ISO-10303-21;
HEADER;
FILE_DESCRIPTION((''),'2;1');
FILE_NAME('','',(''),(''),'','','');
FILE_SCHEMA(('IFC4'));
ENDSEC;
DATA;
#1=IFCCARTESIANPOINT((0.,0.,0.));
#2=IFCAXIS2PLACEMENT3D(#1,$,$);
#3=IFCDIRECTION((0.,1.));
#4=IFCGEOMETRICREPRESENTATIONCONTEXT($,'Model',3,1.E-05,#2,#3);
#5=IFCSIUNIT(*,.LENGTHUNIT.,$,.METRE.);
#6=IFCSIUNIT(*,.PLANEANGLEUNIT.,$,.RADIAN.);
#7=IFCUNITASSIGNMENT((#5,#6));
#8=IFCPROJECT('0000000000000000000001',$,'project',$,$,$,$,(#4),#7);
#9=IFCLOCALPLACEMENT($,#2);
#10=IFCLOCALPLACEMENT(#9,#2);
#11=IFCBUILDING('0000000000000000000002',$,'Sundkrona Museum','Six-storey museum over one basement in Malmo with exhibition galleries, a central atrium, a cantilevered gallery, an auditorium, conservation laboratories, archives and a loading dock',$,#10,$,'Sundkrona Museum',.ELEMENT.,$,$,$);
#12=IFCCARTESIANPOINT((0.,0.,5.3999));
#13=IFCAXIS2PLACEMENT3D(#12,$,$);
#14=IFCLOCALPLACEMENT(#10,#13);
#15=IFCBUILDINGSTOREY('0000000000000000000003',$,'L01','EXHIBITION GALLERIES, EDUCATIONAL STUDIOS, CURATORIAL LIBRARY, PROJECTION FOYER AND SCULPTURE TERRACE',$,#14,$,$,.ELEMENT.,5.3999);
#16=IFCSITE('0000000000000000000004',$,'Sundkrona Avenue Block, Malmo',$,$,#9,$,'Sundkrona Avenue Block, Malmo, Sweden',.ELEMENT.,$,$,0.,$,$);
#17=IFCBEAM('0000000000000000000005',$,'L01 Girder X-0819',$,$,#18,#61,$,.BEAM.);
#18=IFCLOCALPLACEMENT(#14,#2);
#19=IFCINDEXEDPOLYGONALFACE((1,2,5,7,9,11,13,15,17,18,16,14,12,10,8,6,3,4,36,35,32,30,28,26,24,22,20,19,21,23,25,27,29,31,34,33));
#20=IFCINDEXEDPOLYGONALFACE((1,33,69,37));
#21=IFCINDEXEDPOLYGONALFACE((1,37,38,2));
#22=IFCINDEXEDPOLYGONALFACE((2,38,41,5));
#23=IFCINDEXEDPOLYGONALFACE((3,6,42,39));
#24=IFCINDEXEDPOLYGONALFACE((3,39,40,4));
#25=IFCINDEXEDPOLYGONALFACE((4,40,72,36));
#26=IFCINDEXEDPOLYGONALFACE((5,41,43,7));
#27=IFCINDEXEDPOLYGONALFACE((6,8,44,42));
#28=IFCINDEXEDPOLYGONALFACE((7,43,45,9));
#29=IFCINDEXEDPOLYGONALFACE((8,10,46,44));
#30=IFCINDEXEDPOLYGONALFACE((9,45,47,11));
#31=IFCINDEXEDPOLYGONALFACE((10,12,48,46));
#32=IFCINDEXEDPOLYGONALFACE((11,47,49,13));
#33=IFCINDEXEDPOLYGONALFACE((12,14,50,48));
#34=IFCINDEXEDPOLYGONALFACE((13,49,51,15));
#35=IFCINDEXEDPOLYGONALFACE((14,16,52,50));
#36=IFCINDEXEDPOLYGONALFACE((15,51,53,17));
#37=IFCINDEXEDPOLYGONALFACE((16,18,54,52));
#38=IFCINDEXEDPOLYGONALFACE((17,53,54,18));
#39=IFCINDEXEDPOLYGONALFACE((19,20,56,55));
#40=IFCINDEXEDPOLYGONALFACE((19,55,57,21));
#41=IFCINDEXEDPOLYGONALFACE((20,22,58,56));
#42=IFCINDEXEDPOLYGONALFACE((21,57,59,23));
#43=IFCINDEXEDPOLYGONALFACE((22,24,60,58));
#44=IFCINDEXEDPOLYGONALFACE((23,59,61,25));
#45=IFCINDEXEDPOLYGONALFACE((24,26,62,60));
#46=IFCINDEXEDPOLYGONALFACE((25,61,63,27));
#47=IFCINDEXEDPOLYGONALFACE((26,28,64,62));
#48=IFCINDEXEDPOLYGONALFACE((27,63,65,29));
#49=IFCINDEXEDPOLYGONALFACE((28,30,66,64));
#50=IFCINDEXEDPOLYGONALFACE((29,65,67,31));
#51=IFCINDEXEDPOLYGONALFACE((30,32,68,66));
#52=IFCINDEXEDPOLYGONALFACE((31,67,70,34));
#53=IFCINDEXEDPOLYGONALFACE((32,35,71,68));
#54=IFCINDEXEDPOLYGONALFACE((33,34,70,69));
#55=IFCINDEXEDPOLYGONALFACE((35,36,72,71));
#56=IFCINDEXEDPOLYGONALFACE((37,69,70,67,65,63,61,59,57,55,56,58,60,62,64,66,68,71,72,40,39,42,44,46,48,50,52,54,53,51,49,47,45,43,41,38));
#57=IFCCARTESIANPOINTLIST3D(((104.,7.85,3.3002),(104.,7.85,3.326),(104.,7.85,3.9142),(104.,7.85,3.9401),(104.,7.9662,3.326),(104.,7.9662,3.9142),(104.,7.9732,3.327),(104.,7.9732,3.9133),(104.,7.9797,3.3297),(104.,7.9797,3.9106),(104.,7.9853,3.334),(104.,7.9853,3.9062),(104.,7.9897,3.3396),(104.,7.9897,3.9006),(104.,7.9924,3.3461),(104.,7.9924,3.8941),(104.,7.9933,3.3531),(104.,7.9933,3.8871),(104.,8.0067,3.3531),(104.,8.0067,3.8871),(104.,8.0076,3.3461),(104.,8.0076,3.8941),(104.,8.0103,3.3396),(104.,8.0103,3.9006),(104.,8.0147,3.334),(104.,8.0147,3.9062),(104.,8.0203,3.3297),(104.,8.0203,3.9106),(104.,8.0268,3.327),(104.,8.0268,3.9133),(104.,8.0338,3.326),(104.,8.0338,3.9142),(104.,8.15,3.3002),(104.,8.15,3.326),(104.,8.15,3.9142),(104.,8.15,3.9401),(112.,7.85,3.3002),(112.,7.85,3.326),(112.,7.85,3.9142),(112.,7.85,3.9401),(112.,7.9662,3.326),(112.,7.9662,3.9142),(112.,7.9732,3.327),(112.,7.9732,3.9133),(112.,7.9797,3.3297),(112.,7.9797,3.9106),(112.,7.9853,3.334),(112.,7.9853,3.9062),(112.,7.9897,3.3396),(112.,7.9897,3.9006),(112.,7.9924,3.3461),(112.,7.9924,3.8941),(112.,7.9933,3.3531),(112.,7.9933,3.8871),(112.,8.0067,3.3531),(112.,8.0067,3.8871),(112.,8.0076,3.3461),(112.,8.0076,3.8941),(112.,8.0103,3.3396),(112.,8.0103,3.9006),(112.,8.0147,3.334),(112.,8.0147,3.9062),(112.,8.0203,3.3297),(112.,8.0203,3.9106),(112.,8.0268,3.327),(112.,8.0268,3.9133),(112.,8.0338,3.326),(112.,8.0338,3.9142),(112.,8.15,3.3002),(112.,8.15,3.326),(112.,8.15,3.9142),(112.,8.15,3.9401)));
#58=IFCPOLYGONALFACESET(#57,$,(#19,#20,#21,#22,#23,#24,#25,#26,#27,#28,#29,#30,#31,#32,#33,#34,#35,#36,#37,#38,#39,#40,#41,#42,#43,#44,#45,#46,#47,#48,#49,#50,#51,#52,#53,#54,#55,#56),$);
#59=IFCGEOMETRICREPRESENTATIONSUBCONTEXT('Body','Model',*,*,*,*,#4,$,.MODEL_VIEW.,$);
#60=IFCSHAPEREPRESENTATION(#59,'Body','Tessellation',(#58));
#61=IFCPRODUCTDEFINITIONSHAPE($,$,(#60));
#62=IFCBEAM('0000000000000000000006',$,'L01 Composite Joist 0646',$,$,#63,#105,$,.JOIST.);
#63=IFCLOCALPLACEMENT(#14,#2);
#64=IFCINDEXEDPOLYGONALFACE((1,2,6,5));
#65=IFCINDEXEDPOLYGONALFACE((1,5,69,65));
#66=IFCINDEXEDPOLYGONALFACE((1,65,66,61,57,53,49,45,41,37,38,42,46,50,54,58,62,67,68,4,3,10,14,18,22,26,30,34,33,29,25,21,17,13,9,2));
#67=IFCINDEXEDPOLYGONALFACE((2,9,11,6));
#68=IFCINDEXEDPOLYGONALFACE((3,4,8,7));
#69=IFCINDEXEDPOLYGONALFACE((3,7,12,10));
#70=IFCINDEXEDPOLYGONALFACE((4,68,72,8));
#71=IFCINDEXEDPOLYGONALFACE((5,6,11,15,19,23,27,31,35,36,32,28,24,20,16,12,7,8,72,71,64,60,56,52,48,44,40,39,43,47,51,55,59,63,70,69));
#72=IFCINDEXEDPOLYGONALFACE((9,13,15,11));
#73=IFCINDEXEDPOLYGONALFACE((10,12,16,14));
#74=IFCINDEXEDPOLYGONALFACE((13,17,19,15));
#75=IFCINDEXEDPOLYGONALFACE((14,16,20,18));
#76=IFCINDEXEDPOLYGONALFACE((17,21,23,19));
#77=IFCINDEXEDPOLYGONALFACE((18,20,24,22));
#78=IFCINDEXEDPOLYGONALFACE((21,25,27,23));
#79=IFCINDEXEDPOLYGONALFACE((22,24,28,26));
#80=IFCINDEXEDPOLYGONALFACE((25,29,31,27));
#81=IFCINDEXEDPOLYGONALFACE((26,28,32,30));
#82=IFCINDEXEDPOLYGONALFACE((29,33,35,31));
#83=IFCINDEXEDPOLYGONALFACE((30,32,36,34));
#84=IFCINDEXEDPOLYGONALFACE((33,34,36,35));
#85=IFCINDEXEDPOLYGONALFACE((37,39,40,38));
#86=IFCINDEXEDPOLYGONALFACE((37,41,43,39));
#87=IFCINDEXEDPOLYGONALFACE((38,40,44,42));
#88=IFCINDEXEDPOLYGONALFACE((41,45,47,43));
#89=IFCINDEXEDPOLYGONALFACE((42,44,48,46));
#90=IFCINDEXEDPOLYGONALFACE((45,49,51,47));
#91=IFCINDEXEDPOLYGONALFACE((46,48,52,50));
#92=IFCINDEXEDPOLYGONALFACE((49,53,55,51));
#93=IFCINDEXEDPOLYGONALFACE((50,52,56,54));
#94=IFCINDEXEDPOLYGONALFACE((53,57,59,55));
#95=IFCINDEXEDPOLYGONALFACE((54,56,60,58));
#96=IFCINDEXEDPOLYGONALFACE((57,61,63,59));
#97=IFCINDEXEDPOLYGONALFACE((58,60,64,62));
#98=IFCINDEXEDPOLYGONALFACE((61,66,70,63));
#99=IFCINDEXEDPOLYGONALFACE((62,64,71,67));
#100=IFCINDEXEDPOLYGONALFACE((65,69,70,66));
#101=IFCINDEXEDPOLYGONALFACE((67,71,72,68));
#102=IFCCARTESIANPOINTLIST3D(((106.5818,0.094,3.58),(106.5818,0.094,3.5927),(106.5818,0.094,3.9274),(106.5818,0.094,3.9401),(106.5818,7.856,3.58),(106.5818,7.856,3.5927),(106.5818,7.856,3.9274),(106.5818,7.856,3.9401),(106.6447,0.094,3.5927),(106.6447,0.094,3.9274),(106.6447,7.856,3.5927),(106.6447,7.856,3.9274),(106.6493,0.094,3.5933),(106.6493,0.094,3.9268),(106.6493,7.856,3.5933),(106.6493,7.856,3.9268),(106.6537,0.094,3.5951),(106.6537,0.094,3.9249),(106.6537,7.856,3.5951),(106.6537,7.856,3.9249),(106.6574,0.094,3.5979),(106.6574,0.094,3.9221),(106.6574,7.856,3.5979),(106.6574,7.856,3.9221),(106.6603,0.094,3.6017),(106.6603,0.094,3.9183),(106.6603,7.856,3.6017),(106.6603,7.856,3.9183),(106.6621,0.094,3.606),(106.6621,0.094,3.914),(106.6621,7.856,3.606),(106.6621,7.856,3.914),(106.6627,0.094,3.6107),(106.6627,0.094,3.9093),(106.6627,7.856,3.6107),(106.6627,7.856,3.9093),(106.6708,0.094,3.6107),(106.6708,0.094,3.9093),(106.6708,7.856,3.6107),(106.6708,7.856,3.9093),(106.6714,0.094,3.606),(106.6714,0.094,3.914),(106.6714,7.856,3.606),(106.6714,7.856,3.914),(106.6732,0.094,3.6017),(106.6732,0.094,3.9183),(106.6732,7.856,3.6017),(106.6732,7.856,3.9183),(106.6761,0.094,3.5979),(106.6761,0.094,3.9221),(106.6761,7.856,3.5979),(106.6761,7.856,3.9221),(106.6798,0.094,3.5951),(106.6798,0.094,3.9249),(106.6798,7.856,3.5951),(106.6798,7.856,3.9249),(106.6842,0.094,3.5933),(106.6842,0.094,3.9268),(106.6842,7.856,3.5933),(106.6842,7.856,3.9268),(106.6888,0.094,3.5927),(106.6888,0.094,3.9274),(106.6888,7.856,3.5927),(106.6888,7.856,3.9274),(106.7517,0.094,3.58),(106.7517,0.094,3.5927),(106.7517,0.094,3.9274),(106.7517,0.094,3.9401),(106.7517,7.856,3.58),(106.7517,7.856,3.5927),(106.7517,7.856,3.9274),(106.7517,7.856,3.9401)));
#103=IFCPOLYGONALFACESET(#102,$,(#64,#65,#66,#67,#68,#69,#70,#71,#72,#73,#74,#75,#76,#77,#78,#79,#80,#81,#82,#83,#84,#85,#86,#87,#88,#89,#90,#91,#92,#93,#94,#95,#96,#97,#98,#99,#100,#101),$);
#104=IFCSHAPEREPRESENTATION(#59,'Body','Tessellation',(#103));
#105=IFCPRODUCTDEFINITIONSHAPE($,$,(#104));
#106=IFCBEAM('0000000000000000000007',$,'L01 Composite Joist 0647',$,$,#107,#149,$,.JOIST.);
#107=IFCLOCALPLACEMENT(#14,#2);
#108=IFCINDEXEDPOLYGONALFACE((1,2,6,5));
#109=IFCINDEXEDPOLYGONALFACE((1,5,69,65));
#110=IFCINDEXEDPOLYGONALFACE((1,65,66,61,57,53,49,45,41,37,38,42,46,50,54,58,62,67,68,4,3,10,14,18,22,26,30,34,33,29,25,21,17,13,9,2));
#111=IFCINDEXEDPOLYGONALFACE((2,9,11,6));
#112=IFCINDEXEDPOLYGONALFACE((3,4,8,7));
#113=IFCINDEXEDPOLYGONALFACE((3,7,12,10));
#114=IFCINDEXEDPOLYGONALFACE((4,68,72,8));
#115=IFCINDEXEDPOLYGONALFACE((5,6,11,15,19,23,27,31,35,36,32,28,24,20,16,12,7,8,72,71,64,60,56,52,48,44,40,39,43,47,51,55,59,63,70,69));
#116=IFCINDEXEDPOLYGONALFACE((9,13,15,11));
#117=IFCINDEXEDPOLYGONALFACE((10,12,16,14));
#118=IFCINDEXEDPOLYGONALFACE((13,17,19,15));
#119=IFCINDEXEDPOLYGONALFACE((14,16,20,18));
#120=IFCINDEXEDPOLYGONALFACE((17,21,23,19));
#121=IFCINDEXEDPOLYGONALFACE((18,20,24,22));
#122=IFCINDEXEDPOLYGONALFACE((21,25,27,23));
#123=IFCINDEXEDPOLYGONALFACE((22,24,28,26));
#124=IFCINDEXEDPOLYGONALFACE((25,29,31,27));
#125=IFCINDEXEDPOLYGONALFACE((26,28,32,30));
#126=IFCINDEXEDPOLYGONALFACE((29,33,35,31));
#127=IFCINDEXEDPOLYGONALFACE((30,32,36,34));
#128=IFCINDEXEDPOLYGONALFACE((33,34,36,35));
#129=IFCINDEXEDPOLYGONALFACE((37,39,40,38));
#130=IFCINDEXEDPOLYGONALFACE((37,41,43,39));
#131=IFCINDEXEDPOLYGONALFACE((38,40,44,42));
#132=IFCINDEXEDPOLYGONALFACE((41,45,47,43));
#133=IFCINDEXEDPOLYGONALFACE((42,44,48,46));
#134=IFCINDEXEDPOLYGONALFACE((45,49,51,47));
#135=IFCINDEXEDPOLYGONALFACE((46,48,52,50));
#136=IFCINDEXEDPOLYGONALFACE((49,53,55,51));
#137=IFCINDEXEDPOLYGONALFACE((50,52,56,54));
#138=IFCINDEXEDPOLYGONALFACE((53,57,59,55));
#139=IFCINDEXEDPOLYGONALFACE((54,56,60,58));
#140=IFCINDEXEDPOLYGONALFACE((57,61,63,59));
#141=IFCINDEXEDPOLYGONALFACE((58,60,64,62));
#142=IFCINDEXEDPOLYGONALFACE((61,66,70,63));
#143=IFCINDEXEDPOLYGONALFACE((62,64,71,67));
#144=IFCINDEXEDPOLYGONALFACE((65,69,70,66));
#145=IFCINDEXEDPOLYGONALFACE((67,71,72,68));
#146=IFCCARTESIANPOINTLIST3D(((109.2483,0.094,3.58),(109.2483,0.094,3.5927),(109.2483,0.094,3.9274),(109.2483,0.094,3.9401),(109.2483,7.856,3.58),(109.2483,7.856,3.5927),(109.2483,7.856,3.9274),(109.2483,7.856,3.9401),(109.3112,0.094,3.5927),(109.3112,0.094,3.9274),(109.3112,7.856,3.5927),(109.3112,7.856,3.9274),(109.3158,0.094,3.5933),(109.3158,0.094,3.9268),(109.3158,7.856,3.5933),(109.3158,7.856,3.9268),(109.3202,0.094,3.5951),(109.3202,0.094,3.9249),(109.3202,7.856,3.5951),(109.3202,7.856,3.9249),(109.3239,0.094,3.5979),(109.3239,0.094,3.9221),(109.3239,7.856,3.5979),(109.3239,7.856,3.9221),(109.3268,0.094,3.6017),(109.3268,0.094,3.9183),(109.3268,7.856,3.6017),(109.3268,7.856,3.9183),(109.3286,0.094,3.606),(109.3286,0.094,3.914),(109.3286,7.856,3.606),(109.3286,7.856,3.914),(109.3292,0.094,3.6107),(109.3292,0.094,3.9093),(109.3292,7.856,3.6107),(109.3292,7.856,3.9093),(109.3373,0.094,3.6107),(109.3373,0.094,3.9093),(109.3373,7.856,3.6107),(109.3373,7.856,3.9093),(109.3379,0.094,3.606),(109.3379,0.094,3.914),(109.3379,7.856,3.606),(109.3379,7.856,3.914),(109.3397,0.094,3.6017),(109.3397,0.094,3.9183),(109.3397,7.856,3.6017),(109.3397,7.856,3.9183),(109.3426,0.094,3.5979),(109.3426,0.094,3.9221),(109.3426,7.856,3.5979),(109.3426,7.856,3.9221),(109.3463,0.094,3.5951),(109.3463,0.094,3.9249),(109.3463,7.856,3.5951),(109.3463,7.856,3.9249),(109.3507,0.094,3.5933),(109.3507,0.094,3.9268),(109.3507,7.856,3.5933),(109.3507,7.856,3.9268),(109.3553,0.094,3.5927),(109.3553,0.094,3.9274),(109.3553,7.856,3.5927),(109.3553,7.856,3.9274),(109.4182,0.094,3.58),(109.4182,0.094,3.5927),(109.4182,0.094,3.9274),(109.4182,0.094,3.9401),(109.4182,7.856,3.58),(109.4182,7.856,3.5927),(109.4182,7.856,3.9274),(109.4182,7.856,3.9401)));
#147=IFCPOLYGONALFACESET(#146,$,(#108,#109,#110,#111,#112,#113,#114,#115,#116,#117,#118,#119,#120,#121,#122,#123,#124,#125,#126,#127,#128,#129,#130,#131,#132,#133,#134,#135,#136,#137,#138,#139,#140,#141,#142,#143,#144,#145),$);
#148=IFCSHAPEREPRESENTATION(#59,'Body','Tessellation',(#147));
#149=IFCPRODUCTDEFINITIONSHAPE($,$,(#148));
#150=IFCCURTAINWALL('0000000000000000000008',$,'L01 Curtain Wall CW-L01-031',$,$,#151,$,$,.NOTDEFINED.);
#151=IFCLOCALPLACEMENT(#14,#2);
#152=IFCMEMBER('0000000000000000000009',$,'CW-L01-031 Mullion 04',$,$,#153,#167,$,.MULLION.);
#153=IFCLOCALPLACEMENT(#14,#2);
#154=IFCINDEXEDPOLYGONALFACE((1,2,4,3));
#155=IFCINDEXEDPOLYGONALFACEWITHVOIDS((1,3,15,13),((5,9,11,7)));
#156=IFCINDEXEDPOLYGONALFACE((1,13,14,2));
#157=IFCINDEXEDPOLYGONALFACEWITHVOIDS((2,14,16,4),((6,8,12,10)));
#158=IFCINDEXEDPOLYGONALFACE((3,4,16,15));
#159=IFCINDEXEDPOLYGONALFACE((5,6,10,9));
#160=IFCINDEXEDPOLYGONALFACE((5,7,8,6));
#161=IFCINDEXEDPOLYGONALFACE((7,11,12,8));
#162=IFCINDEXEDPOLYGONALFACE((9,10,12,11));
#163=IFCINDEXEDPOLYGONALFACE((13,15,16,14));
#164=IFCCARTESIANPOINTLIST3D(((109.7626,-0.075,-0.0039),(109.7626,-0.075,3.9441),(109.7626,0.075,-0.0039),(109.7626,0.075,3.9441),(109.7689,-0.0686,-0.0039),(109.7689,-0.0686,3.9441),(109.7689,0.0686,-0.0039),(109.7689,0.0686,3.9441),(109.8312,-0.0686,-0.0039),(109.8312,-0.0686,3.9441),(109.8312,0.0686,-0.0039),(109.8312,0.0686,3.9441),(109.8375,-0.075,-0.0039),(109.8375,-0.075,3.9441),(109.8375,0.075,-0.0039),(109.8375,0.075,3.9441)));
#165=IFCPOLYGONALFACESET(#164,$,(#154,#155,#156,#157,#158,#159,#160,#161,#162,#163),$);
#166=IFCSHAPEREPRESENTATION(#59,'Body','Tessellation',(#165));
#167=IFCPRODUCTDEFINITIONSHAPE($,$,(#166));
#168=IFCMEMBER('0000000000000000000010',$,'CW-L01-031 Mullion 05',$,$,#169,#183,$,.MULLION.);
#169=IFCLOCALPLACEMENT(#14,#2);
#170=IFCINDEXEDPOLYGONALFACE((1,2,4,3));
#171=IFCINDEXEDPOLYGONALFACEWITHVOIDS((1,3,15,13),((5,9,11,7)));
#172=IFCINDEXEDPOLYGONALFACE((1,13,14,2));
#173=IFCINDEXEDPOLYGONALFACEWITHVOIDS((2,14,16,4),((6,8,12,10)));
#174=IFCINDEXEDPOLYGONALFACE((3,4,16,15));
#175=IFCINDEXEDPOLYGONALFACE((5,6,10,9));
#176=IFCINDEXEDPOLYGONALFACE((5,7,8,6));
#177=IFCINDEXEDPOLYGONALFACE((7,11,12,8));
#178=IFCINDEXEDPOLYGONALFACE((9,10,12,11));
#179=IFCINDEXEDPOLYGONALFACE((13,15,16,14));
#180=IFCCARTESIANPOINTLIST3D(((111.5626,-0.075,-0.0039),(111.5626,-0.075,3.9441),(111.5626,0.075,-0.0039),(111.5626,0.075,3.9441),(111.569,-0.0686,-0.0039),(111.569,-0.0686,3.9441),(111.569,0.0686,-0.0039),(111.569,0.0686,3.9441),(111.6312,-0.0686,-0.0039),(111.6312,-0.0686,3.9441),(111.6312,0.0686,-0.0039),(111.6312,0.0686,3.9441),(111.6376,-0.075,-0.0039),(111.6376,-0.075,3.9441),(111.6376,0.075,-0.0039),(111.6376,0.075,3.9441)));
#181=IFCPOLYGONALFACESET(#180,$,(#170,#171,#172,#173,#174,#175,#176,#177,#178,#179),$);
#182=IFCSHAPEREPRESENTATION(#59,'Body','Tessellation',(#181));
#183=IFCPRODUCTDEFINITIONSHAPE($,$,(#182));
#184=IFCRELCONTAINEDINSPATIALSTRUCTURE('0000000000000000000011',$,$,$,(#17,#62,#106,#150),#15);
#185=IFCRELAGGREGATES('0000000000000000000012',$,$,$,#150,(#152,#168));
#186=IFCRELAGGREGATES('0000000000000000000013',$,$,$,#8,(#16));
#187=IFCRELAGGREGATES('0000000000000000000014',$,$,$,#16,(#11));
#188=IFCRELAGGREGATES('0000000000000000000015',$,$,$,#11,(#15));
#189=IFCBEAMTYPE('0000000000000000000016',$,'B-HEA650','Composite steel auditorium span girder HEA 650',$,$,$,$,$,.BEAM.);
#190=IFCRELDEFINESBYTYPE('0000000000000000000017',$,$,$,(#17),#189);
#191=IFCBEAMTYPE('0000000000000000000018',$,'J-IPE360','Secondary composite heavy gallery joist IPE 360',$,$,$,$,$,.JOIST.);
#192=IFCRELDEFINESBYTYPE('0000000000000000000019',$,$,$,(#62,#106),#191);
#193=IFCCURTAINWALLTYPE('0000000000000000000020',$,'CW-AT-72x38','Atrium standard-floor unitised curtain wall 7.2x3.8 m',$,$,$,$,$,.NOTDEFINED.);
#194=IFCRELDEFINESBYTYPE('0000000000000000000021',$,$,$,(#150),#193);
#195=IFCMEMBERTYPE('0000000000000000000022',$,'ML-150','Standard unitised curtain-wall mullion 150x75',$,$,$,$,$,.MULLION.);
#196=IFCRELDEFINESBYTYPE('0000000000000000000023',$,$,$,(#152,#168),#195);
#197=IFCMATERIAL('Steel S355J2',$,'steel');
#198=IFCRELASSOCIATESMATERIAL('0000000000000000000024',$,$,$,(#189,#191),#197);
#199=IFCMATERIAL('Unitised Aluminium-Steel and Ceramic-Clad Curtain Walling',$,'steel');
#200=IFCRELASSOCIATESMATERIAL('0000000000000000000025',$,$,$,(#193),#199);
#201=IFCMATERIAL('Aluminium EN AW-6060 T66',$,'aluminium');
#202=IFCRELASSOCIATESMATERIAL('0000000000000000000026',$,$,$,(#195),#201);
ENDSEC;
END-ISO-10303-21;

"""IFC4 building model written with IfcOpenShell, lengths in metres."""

from ifc_helpers import new_model, si_unit, direction, frame, origin, origin_2d, place, context, subcontext, project, spatial, hollow_rectangle, i_section, extrude, material, material_profile, profile_set, type_object, element, aggregate, save


model = new_model("IFC4")

# Units and contexts
model_context = context("Model", 3, precision=1e-05, world=origin(), true_north=direction((0.0, 1.0)))
body_context = subcontext(model_context, "Body", "Model", "MODEL_VIEW")
ifc_project = project(units=[si_unit("LENGTHUNIT", "METRE"), si_unit("PLANEANGLEUNIT", "RADIAN")], contexts=[model_context])

# Site, building, storey
site_placement = place(None, origin())
site = spatial("IfcSite", under=ifc_project, at=site_placement, Name="Sundkrona Avenue Block, Malmo", LongName="Sundkrona Avenue Block, Malmo, Sweden", CompositionType="ELEMENT", RefElevation=0.0)
building_placement = place(site_placement, origin())
building = spatial("IfcBuilding", under=site, at=building_placement, Name="Sundkrona Museum", Description="Six-storey museum over one basement in Malmo with exhibition galleries, a central atrium, a cantilevered gallery, an auditorium, conservation laboratories, archives and a loading dock", LongName="Sundkrona Museum", CompositionType="ELEMENT")
storey_placement = place(building_placement, frame((0.0, 0.0, 5.3999)))
storey = spatial("IfcBuildingStorey", under=building, at=storey_placement, Name="L01", Description="EXHIBITION GALLERIES, EDUCATIONAL STUDIOS, CURATORIAL LIBRARY, PROJECTION FOYER AND SCULPTURE TERRACE", CompositionType="ELEMENT", Elevation=5.3999)

# Shared definitions
ifc_material_1 = material(Name="Steel S355J2", Category="steel")

# Beams
ifc_material_profile_1 = material_profile(ifc_material_1, i_section(OverallWidth=0.3, OverallDepth=0.6399, WebThickness=0.0134, FlangeThickness=0.0259, FilletRadius=0.0271, at=origin_2d()), Name="HEA 650")
ifc_profile_set_1 = profile_set([ifc_material_profile_1], Name="Steel S355J2")
beam_type_1 = type_object("IfcBeamType", Name="B-HEA650", Description="Composite steel auditorium span girder HEA 650", PredefinedType="BEAM", material=ifc_profile_set_1)
beam_1_placement = place(storey_placement, frame((104.0, 8.0, 3.6201), z_axis=(1.0, 0.0, 0.0), x_axis=(0.0, 1.0, 0.0)))
element("IfcBeam", 1, at=beam_1_placement, inside=storey, type_object=beam_type_1, Name="L01 Girder X-0819", PredefinedType="BEAM", context=body_context, shape_type="SweptSolid", body=[
    extrude(i_section(OverallWidth=0.3, OverallDepth=0.6399, WebThickness=0.0134, FlangeThickness=0.0259, FilletRadius=0.0271, at=origin_2d()), origin(), (0.0, 0.0, 1.0), 8.0),
])
ifc_material_profile_2 = material_profile(ifc_material_1, i_section(OverallWidth=0.1699, OverallDepth=0.3601, WebThickness=0.0081, FlangeThickness=0.0127, FilletRadius=0.0181, at=origin_2d()), Name="IPE 360")
ifc_profile_set_2 = profile_set([ifc_material_profile_2], Name="Steel S355J2")
beam_type_2 = type_object("IfcBeamType", Name="J-IPE360", Description="Secondary composite heavy gallery joist IPE 360", PredefinedType="JOIST", material=ifc_profile_set_2)
for number, where, z_axis, x_axis, name in (
    (2, (106.6667, 0.094, 3.76), (0.0, 1.0, 0.0), (-1.0, 0.0, 0.0), "L01 Composite Joist 0646"),
    (3, (109.3333, 0.094, 3.76), (0.0, 1.0, 0.0), (-1.0, 0.0, 0.0), "L01 Composite Joist 0647"),
):
    element("IfcBeam", number, at=place(storey_placement, frame(where, z_axis=z_axis, x_axis=x_axis)), inside=storey, type_object=beam_type_2, Name=name, PredefinedType="JOIST", context=body_context, shape_type="SweptSolid", body=[
        extrude(i_section(OverallWidth=0.1699, OverallDepth=0.3601, WebThickness=0.0081, FlangeThickness=0.0127, FilletRadius=0.0181, at=origin_2d()), origin(), (0.0, 0.0, 1.0), 7.762),
    ])

# Curtain wall, members
ifc_material_2 = material(Name="Unitised Aluminium-Steel and Ceramic-Clad Curtain Walling", Category="steel")
curtain_wall_type = type_object("IfcCurtainWallType", Name="CW-AT-72x38", Description="Atrium standard-floor unitised curtain wall 7.2x3.8 m", PredefinedType="NOTDEFINED", material=ifc_material_2)
curtain_wall_placement = place(storey_placement, origin())
curtain_wall = element("IfcCurtainWall", 4, at=curtain_wall_placement, inside=storey, type_object=curtain_wall_type, Name="L01 Curtain Wall CW-L01-031", PredefinedType="NOTDEFINED")
ifc_material_3 = material(Name="Aluminium EN AW-6060 T66", Category="aluminium")
ifc_material_profile_3 = material_profile(ifc_material_3, hollow_rectangle(XDim=0.075, YDim=0.1499, WallThickness=0.0063, at=origin_2d()), Name="RHS 150x75x6.3")
ifc_profile_set_3 = profile_set([ifc_material_profile_3], Name="Aluminium EN AW-6060 T66")
member_type_1 = type_object("IfcMemberType", Name="ML-150", Description="Standard unitised curtain-wall mullion 150x75", PredefinedType="MULLION", material=ifc_profile_set_3)
member_1_placement = place(storey_placement, frame((109.8, 0.0, -0.0039), z_axis=(0.0, 0.0, 1.0), x_axis=(1.0, 0.0, 0.0)))
member_1 = element("IfcMember", 5, at=member_1_placement, type_object=member_type_1, Name="CW-L01-031 Mullion 04", PredefinedType="MULLION", context=body_context, shape_type="SweptSolid", body=[
    extrude(hollow_rectangle(XDim=0.075, YDim=0.1499, WallThickness=0.0063, at=origin_2d()), origin(), (0.0, 0.0, 1.0), 3.948),
])
member_2_placement = place(storey_placement, frame((111.6001, 0.0, -0.0039), z_axis=(0.0, 0.0, 1.0), x_axis=(1.0, 0.0, 0.0)))
member_2 = element("IfcMember", 6, at=member_2_placement, type_object=member_type_1, Name="CW-L01-031 Mullion 05", PredefinedType="MULLION", context=body_context, shape_type="SweptSolid", body=[
    extrude(hollow_rectangle(XDim=0.075, YDim=0.1499, WallThickness=0.0063, at=origin_2d()), origin(), (0.0, 0.0, 1.0), 3.948),
])

aggregate(curtain_wall, [member_1, member_2])

save(model, "model.ifc")
